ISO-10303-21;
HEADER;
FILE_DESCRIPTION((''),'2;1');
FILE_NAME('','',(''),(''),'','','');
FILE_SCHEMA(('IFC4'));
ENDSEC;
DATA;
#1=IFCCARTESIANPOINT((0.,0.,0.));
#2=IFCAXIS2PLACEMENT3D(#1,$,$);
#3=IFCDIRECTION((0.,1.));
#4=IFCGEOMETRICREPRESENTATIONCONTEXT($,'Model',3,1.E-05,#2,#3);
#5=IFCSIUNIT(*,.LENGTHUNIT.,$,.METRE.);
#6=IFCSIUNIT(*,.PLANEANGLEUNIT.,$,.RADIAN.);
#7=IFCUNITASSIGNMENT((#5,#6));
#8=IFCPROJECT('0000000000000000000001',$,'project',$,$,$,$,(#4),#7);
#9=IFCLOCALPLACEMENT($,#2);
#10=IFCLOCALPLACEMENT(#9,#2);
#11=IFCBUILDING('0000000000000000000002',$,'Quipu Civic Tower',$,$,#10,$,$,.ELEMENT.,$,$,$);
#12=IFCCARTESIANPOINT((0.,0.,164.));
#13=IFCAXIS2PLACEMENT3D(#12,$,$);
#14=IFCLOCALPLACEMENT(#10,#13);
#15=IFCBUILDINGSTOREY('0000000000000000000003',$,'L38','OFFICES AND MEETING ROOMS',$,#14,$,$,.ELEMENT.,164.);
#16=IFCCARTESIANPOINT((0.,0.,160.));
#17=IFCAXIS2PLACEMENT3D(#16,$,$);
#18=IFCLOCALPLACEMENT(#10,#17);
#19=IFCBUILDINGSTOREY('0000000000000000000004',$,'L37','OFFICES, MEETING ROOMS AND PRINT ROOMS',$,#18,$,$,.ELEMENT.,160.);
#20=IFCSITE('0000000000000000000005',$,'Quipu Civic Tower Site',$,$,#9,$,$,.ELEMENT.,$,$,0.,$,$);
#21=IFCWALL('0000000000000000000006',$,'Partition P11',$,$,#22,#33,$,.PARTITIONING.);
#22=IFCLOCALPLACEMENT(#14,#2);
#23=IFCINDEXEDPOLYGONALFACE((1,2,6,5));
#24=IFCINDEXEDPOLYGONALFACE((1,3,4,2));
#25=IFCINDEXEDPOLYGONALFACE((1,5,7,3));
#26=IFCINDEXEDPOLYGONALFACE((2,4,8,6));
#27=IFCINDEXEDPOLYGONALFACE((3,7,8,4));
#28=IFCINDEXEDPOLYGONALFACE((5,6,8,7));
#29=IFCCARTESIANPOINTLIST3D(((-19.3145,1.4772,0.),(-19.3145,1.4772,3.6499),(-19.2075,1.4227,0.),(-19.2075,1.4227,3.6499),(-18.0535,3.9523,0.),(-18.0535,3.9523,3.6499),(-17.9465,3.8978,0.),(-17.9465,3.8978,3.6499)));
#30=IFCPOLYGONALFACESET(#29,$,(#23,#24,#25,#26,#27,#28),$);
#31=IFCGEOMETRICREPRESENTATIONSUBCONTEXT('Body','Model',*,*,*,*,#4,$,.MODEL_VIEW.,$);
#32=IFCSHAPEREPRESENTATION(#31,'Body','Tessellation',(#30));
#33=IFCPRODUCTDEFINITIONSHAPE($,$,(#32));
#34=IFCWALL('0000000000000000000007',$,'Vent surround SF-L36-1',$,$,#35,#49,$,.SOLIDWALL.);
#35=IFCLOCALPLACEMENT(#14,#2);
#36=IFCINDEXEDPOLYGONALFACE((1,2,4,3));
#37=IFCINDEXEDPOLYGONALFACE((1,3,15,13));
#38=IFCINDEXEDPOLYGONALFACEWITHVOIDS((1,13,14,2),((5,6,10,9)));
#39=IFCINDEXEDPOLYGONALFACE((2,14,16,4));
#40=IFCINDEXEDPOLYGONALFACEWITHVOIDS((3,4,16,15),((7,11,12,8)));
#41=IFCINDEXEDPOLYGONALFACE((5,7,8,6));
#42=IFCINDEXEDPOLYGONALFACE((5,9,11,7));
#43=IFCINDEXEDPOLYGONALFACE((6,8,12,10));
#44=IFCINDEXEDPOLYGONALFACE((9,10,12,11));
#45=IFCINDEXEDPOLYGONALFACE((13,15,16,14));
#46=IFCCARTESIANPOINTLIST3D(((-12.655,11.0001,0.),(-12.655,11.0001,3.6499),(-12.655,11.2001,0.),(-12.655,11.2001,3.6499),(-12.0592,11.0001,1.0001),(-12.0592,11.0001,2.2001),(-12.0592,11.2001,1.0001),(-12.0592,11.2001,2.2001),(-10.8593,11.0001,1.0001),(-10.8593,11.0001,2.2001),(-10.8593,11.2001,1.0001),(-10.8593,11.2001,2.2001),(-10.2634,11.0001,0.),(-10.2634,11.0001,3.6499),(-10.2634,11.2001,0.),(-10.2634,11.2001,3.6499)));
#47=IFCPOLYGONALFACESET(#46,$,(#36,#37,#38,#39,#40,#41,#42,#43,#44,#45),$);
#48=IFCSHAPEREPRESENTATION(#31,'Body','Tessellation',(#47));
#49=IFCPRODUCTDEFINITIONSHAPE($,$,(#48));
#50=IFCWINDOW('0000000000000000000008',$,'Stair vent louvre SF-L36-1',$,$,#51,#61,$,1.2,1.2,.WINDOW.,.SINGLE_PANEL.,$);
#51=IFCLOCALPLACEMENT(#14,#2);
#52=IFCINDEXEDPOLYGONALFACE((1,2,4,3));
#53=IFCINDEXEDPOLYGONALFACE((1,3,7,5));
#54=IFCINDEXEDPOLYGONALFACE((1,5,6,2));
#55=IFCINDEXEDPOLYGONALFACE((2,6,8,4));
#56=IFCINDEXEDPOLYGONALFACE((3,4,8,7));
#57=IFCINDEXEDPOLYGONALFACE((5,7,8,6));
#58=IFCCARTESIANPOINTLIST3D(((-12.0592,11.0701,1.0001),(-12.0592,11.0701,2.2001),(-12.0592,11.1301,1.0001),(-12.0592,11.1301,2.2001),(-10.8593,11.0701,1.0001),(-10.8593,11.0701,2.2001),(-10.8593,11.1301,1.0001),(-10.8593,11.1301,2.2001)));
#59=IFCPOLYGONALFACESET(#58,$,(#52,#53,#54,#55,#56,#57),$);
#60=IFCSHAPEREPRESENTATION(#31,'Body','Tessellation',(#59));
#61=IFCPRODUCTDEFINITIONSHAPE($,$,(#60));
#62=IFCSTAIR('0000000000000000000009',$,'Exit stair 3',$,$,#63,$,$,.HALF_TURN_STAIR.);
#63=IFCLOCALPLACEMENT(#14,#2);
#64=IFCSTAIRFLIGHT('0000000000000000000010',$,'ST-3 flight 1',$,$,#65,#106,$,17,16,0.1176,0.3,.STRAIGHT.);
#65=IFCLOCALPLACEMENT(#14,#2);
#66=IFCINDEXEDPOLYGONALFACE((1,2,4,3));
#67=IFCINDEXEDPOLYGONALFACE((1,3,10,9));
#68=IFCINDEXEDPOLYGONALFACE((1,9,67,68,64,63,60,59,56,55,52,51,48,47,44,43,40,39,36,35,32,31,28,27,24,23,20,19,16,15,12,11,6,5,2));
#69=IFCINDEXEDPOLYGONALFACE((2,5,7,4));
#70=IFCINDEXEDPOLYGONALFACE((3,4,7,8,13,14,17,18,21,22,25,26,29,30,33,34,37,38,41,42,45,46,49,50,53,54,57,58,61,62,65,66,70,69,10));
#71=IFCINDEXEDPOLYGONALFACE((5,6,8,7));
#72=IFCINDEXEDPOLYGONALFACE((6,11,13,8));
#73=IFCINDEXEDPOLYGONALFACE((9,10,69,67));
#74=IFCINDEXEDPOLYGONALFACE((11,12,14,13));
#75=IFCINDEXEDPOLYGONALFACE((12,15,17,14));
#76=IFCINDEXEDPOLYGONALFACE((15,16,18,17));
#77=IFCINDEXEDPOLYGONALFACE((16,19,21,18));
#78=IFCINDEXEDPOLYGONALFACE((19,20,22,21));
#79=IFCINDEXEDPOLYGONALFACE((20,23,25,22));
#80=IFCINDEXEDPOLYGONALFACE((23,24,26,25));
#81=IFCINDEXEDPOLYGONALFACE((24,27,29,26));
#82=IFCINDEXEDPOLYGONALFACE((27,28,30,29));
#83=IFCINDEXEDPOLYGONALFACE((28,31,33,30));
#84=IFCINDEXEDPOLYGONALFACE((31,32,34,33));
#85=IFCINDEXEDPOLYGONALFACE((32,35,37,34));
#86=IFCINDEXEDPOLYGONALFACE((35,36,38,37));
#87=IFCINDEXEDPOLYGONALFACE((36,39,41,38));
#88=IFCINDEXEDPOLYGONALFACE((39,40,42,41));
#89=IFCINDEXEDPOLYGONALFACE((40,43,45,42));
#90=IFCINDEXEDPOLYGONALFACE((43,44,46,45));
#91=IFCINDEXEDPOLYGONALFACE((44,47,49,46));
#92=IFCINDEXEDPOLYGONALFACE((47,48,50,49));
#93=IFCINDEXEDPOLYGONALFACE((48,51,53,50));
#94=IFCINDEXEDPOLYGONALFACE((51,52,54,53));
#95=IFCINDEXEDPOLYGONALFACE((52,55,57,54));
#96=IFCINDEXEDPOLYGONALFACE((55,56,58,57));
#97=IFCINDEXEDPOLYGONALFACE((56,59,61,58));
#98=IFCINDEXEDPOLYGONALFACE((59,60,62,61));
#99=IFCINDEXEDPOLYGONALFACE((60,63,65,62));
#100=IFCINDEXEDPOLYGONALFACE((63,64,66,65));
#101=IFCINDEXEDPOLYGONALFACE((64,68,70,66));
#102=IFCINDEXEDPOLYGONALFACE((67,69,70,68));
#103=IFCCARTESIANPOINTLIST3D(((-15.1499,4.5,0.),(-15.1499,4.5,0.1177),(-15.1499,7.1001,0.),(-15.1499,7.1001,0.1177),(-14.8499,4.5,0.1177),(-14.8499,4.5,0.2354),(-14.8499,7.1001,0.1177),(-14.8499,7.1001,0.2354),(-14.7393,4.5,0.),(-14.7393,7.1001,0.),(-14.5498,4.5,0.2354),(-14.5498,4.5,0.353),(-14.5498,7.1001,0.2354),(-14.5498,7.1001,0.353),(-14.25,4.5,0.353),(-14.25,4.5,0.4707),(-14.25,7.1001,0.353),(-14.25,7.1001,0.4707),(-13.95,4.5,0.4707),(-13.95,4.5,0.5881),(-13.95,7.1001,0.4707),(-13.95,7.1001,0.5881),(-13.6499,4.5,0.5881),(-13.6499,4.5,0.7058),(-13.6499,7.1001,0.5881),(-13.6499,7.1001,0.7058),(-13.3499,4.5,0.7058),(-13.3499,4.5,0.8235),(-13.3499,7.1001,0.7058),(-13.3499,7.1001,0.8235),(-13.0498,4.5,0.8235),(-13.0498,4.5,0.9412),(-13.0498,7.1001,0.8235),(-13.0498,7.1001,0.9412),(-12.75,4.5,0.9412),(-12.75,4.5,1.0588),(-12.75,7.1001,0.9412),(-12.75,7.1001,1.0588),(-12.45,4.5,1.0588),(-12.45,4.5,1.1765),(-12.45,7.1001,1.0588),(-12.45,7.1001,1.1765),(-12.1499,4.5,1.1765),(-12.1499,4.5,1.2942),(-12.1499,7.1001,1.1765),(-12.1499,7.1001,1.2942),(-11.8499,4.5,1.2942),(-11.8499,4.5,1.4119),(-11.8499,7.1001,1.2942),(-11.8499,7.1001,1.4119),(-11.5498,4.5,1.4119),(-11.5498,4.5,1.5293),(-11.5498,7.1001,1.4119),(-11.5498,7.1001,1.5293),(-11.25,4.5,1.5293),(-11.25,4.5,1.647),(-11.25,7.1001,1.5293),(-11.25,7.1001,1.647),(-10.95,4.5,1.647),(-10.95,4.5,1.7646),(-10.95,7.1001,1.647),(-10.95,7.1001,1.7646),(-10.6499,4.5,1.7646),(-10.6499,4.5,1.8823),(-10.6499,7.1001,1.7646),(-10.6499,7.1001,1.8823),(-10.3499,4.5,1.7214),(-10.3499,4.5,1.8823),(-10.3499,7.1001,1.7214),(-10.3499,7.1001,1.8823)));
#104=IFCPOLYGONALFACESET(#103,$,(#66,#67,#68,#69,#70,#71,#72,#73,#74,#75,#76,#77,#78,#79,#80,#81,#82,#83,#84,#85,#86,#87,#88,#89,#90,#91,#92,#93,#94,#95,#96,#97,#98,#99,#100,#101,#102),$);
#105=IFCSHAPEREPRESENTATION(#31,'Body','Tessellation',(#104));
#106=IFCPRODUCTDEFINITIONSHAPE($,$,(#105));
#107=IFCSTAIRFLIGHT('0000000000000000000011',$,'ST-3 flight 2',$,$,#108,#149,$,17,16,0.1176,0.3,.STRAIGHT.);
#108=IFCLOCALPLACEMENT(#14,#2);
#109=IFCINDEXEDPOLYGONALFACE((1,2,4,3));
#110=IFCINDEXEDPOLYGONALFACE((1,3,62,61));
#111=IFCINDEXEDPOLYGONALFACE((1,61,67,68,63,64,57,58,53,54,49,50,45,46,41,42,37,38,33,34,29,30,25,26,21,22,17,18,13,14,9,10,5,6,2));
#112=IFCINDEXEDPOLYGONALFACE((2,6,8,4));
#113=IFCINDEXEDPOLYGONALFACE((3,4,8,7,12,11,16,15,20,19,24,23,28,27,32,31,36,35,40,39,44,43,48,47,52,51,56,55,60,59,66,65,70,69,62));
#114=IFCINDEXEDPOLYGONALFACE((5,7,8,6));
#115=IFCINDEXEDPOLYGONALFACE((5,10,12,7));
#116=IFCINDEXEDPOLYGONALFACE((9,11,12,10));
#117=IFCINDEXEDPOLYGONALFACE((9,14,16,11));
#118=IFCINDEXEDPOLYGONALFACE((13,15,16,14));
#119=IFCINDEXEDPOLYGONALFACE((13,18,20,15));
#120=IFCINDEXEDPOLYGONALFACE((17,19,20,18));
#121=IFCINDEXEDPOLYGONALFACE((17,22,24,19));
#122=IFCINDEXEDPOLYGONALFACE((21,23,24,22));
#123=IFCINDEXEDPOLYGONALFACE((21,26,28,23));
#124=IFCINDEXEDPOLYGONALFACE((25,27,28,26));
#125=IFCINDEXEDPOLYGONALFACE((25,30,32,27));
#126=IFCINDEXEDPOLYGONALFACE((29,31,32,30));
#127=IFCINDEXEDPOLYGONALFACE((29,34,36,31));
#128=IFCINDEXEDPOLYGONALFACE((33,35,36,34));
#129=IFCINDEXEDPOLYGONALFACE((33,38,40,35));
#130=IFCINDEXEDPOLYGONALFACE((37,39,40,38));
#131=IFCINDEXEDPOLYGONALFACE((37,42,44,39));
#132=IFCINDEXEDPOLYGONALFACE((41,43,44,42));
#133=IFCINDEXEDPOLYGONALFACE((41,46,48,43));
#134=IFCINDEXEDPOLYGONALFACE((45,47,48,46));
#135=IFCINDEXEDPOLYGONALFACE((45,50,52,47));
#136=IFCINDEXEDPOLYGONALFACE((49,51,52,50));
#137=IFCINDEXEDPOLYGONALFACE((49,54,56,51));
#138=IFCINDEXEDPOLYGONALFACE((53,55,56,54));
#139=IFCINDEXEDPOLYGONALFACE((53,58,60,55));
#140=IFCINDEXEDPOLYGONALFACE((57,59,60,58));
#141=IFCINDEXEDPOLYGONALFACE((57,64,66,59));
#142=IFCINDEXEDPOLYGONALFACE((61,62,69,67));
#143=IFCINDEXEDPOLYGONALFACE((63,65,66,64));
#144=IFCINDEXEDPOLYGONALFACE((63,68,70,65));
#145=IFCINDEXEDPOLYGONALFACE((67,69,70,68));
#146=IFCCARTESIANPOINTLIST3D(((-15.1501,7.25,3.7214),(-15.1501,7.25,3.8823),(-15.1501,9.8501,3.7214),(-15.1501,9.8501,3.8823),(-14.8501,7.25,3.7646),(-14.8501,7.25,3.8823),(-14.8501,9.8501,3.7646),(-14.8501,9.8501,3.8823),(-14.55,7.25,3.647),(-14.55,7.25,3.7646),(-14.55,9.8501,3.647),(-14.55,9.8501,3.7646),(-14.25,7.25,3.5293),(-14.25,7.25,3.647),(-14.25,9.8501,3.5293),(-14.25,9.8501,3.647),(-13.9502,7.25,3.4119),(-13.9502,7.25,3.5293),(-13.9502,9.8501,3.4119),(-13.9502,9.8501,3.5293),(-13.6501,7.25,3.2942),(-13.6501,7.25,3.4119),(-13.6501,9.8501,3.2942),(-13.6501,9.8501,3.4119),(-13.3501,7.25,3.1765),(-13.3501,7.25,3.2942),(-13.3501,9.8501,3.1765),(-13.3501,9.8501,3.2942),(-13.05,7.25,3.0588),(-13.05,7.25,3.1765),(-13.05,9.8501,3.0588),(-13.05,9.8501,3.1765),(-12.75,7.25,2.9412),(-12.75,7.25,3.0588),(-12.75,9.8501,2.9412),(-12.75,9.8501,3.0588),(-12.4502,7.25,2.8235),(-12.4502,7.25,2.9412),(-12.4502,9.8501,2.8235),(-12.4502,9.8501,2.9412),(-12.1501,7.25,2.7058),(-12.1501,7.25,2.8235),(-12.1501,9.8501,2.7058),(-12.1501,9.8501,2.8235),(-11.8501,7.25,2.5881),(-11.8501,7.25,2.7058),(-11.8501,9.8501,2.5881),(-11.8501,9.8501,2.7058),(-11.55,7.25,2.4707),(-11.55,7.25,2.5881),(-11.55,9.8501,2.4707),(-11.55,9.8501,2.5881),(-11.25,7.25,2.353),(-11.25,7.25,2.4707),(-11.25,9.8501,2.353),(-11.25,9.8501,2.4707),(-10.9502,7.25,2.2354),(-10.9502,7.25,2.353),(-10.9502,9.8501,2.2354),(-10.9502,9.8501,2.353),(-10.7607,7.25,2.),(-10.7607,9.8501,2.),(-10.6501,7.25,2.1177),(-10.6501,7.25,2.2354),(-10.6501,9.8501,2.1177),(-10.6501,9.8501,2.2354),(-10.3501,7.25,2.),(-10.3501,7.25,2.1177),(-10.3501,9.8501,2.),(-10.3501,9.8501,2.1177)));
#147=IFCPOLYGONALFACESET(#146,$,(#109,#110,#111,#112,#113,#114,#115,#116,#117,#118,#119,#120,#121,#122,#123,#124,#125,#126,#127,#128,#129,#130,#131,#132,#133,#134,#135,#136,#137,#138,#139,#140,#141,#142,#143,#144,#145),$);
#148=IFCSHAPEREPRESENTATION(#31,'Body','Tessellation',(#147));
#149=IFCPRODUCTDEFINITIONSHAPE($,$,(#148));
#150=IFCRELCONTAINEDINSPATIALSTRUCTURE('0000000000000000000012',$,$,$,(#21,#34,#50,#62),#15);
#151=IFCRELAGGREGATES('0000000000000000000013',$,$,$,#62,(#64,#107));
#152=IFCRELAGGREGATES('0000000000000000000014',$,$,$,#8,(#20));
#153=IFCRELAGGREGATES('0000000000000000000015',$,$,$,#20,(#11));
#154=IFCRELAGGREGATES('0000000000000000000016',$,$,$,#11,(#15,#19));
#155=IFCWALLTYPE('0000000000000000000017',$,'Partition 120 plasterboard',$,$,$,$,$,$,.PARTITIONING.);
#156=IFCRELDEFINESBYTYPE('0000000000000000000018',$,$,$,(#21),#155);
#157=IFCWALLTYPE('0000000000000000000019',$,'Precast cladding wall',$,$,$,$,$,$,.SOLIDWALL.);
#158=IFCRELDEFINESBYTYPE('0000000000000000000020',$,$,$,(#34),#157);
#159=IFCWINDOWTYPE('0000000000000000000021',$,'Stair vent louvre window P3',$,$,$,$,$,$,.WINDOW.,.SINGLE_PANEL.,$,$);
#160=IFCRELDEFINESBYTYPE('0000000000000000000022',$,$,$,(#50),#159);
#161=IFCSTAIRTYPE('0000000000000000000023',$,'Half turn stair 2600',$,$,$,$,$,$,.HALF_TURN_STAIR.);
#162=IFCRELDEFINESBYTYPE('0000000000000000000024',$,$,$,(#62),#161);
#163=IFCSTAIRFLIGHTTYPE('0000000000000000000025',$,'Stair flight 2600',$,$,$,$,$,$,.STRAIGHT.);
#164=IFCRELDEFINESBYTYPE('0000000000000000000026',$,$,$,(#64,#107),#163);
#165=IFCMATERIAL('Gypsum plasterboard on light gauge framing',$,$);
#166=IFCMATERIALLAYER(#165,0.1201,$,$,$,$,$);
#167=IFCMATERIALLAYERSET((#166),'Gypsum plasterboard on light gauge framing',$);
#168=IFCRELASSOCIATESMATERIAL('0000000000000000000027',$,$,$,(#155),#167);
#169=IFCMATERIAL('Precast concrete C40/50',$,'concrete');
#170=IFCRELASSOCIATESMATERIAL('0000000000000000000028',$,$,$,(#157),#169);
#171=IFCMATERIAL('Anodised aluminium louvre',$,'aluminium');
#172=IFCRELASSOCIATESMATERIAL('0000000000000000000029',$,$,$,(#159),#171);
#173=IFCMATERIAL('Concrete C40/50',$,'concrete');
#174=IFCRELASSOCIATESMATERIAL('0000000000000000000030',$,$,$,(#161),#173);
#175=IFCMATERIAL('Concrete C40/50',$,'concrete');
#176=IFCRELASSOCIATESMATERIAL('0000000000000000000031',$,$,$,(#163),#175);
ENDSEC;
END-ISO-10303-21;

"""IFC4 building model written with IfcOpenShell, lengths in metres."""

from ifc_helpers import new_model, si_unit, direction, frame, frame_2d, origin, place, context, subcontext, project, spatial, polyline, rectangle, outline, extrude, material, layer, layer_set, type_object, element, fill, aggregate, save


model = new_model("IFC4")

# Units and contexts
model_context = context("Model", 3, precision=1e-05, world=origin(), true_north=direction((0.0, 1.0)))
body_context = subcontext(model_context, "Body", "Model", "MODEL_VIEW")
ifc_project = project(units=[si_unit("LENGTHUNIT", "METRE"), si_unit("PLANEANGLEUNIT", "RADIAN")], contexts=[model_context])

# Site, building, storey
site_placement = place(None, origin())
site = spatial("IfcSite", under=ifc_project, at=site_placement, Name="Quipu Civic Tower Site", CompositionType="ELEMENT", RefElevation=0.0)
building_placement = place(site_placement, origin())
building = spatial("IfcBuilding", under=site, at=building_placement, Name="Quipu Civic Tower", CompositionType="ELEMENT")
storey_1_placement = place(building_placement, frame((0.0, 0.0, 164.0)))
storey_1 = spatial("IfcBuildingStorey", under=building, at=storey_1_placement, Name="L38", Description="OFFICES AND MEETING ROOMS", CompositionType="ELEMENT", Elevation=164.0)

# Shared definitions
storey_2_placement = place(building_placement, frame((0.0, 0.0, 160.0)))
storey_2 = spatial("IfcBuildingStorey", under=building, at=storey_2_placement, Name="L37", Description="OFFICES, MEETING ROOMS AND PRINT ROOMS", CompositionType="ELEMENT", Elevation=160.0)

# Wall
ifc_material_1 = material(Name="Gypsum plasterboard on light gauge framing")
ifc_layer_1 = layer(ifc_material_1, 0.1201)
ifc_layer_set_1 = layer_set([ifc_layer_1], Name="Gypsum plasterboard on light gauge framing")
wall_type_1 = type_object("IfcWallType", Name="Partition 120 plasterboard", PredefinedType="PARTITIONING", material=ifc_layer_set_1)
wall_1_placement = place(storey_1_placement, frame((-19.261, 1.45, 0.0), z_axis=(0.0, 0.0, 1.0), x_axis=(0.453951, 0.891027, 0.0)))
element("IfcWall", 1, at=wall_1_placement, inside=storey_1, type_object=wall_type_1, Name="Partition P11", PredefinedType="PARTITIONING", context=body_context, shape_type="SweptSolid", body=[
    extrude(rectangle(XDim=2.7778, YDim=0.1201, at=frame_2d((1.3889, 0.0))), origin(), (0.0, 0.0, 1.0), 3.6499),
])

# Wall, opening, window
ifc_material_2 = material(Name="Precast concrete C40/50", Category="concrete")
wall_type_2 = type_object("IfcWallType", Name="Precast cladding wall", PredefinedType="SOLIDWALL", material=ifc_material_2)
wall_2_placement = place(storey_1_placement, frame((-10.2634, 11.1001, 0.0), z_axis=(0.0, 0.0, 1.0), x_axis=(-1.0, 0.0, 0.0)))
wall_2 = element("IfcWall", 2, at=wall_2_placement, inside=storey_1, type_object=wall_type_2, Name="Vent surround SF-L36-1", PredefinedType="SOLIDWALL", context=body_context, shape_type="SweptSolid", body=[
    extrude(rectangle(XDim=2.3916, YDim=0.2, at=frame_2d((1.1958, 0.0))), origin(), (0.0, 0.0, 1.0), 3.6499),
])
opening_1_placement = place(wall_2_placement, frame((0.5957, 0.0, 1.0)))
opening_1 = element("IfcOpeningElement", 3, at=opening_1_placement, cuts=wall_2, PredefinedType="OPENING", context=body_context, shape_type="SweptSolid", body=[
    extrude(rectangle(XDim=1.2, YDim=1.2, at=frame_2d((0.6001, 0.6001))), frame((0.0, 0.1099, 0.0), z_axis=(0.0, -1.0, 0.0), x_axis=(1.0, 0.0, 0.0)), (0.0, 0.0, 1.0), 0.22),
])
ifc_material_3 = material(Name="Anodised aluminium louvre", Category="aluminium")
window_type_1 = type_object("IfcWindowType", Name="Stair vent louvre window P3", PartitioningType="SINGLE_PANEL", PredefinedType="WINDOW", material=ifc_material_3)
window_1_placement = place(opening_1_placement, origin())
window_1 = element("IfcWindow", 4, at=window_1_placement, inside=storey_1, type_object=window_type_1, Name="Stair vent louvre SF-L36-1", OverallHeight=1.2, OverallWidth=1.2, PartitioningType="SINGLE_PANEL", PredefinedType="WINDOW", context=body_context, shape_type="SweptSolid", body=[
    extrude(rectangle(XDim=1.2, YDim=1.2, at=frame_2d((0.6001, 0.6001))), frame((0.0, 0.03, 0.0), z_axis=(0.0, -1.0, 0.0), x_axis=(1.0, 0.0, 0.0)), (0.0, 0.0, 1.0), 0.0601),
])
fill(opening_1, window_1)

# Stair, stair flights
ifc_material_4 = material(Name="Concrete C40/50", Category="concrete")
stair_type = type_object("IfcStairType", Name="Half turn stair 2600", PredefinedType="HALF_TURN_STAIR", material=ifc_material_4)
stair_placement = place(storey_1_placement, origin())
stair = element("IfcStair", 5, at=stair_placement, inside=storey_1, type_object=stair_type, Name="Exit stair 3", PredefinedType="HALF_TURN_STAIR")
ifc_material_5 = material(Name="Concrete C40/50", Category="concrete")
stair_flight_type = type_object("IfcStairFlightType", Name="Stair flight 2600", PredefinedType="STRAIGHT", material=ifc_material_5)
stair_flight_1_placement = place(storey_1_placement, frame((-15.1499, 5.8, 0.0), z_axis=(0.0, 0.0, 1.0), x_axis=(1.0, 0.0, 0.0)))
stair_flight_1 = element("IfcStairFlight", 6, at=stair_flight_1_placement, type_object=stair_flight_type, Name="ST-3 flight 1", NumberOfRisers=17, NumberOfTreads=16, PredefinedType="STRAIGHT", RiserHeight=0.1176, TreadLength=0.3, context=body_context, shape_type="SweptSolid", body=[
    extrude(outline(polyline([(0.0, 0.0), (0.0, 0.1177), (0.3, 0.1177), (0.3, 0.2354), (0.6001, 0.2354), (0.6001, 0.353), (0.8999, 0.353), (0.8999, 0.4707), (1.2, 0.4707), (1.2, 0.5881), (1.5, 0.5881), (1.5, 0.7058), (1.8, 0.7058), (1.8, 0.8235), (2.1001, 0.8235), (2.1001, 0.9412), (2.3999, 0.9412), (2.3999, 1.0588), (2.7, 1.0588), (2.7, 1.1765), (3.0, 1.1765), (3.0, 1.2942), (3.3, 1.2942), (3.3, 1.4119), (3.6001, 1.4119), (3.6001, 1.5293), (3.8999, 1.5293), (3.8999, 1.647), (4.2, 1.647), (4.2, 1.7646), (4.5, 1.7646), (4.5, 1.8823), (4.8, 1.8823), (4.8, 2.0), (4.8, 1.7214), (0.4106, 0.0), (0.0, 0.0)])), frame((0.0, 1.3, 0.0), z_axis=(0.0, -1.0, 0.0), x_axis=(1.0, 0.0, 0.0)), (0.0, 0.0, 1.0), 2.6001),
])
stair_flight_2_placement = place(storey_1_placement, frame((-10.3501, 8.55, 2.0), z_axis=(0.0, 0.0, 1.0), x_axis=(-1.0, 0.0, 0.0)))
stair_flight_2 = element("IfcStairFlight", 7, at=stair_flight_2_placement, type_object=stair_flight_type, Name="ST-3 flight 2", NumberOfRisers=17, NumberOfTreads=16, PredefinedType="STRAIGHT", RiserHeight=0.1176, TreadLength=0.3, context=body_context, shape_type="SweptSolid", body=[
    extrude(outline(polyline([(0.0, 0.0), (0.0, 0.1177), (0.3, 0.1177), (0.3, 0.2354), (0.6001, 0.2354), (0.6001, 0.353), (0.8999, 0.353), (0.8999, 0.4707), (1.2, 0.4707), (1.2, 0.5881), (1.5, 0.5881), (1.5, 0.7058), (1.8, 0.7058), (1.8, 0.8235), (2.1001, 0.8235), (2.1001, 0.9412), (2.3999, 0.9412), (2.3999, 1.0588), (2.7, 1.0588), (2.7, 1.1765), (3.0, 1.1765), (3.0, 1.2942), (3.3, 1.2942), (3.3, 1.4119), (3.6001, 1.4119), (3.6001, 1.5293), (3.8999, 1.5293), (3.8999, 1.647), (4.2, 1.647), (4.2, 1.7646), (4.5, 1.7646), (4.5, 1.8823), (4.8, 1.8823), (4.8, 2.0), (4.8, 1.7214), (0.4106, 0.0), (0.0, 0.0)])), frame((0.0, 1.3, 0.0), z_axis=(0.0, -1.0, 0.0), x_axis=(1.0, 0.0, 0.0)), (0.0, 0.0, 1.0), 2.6001),
])
aggregate(stair, [stair_flight_1, stair_flight_2])

save(model, "model.ifc")
